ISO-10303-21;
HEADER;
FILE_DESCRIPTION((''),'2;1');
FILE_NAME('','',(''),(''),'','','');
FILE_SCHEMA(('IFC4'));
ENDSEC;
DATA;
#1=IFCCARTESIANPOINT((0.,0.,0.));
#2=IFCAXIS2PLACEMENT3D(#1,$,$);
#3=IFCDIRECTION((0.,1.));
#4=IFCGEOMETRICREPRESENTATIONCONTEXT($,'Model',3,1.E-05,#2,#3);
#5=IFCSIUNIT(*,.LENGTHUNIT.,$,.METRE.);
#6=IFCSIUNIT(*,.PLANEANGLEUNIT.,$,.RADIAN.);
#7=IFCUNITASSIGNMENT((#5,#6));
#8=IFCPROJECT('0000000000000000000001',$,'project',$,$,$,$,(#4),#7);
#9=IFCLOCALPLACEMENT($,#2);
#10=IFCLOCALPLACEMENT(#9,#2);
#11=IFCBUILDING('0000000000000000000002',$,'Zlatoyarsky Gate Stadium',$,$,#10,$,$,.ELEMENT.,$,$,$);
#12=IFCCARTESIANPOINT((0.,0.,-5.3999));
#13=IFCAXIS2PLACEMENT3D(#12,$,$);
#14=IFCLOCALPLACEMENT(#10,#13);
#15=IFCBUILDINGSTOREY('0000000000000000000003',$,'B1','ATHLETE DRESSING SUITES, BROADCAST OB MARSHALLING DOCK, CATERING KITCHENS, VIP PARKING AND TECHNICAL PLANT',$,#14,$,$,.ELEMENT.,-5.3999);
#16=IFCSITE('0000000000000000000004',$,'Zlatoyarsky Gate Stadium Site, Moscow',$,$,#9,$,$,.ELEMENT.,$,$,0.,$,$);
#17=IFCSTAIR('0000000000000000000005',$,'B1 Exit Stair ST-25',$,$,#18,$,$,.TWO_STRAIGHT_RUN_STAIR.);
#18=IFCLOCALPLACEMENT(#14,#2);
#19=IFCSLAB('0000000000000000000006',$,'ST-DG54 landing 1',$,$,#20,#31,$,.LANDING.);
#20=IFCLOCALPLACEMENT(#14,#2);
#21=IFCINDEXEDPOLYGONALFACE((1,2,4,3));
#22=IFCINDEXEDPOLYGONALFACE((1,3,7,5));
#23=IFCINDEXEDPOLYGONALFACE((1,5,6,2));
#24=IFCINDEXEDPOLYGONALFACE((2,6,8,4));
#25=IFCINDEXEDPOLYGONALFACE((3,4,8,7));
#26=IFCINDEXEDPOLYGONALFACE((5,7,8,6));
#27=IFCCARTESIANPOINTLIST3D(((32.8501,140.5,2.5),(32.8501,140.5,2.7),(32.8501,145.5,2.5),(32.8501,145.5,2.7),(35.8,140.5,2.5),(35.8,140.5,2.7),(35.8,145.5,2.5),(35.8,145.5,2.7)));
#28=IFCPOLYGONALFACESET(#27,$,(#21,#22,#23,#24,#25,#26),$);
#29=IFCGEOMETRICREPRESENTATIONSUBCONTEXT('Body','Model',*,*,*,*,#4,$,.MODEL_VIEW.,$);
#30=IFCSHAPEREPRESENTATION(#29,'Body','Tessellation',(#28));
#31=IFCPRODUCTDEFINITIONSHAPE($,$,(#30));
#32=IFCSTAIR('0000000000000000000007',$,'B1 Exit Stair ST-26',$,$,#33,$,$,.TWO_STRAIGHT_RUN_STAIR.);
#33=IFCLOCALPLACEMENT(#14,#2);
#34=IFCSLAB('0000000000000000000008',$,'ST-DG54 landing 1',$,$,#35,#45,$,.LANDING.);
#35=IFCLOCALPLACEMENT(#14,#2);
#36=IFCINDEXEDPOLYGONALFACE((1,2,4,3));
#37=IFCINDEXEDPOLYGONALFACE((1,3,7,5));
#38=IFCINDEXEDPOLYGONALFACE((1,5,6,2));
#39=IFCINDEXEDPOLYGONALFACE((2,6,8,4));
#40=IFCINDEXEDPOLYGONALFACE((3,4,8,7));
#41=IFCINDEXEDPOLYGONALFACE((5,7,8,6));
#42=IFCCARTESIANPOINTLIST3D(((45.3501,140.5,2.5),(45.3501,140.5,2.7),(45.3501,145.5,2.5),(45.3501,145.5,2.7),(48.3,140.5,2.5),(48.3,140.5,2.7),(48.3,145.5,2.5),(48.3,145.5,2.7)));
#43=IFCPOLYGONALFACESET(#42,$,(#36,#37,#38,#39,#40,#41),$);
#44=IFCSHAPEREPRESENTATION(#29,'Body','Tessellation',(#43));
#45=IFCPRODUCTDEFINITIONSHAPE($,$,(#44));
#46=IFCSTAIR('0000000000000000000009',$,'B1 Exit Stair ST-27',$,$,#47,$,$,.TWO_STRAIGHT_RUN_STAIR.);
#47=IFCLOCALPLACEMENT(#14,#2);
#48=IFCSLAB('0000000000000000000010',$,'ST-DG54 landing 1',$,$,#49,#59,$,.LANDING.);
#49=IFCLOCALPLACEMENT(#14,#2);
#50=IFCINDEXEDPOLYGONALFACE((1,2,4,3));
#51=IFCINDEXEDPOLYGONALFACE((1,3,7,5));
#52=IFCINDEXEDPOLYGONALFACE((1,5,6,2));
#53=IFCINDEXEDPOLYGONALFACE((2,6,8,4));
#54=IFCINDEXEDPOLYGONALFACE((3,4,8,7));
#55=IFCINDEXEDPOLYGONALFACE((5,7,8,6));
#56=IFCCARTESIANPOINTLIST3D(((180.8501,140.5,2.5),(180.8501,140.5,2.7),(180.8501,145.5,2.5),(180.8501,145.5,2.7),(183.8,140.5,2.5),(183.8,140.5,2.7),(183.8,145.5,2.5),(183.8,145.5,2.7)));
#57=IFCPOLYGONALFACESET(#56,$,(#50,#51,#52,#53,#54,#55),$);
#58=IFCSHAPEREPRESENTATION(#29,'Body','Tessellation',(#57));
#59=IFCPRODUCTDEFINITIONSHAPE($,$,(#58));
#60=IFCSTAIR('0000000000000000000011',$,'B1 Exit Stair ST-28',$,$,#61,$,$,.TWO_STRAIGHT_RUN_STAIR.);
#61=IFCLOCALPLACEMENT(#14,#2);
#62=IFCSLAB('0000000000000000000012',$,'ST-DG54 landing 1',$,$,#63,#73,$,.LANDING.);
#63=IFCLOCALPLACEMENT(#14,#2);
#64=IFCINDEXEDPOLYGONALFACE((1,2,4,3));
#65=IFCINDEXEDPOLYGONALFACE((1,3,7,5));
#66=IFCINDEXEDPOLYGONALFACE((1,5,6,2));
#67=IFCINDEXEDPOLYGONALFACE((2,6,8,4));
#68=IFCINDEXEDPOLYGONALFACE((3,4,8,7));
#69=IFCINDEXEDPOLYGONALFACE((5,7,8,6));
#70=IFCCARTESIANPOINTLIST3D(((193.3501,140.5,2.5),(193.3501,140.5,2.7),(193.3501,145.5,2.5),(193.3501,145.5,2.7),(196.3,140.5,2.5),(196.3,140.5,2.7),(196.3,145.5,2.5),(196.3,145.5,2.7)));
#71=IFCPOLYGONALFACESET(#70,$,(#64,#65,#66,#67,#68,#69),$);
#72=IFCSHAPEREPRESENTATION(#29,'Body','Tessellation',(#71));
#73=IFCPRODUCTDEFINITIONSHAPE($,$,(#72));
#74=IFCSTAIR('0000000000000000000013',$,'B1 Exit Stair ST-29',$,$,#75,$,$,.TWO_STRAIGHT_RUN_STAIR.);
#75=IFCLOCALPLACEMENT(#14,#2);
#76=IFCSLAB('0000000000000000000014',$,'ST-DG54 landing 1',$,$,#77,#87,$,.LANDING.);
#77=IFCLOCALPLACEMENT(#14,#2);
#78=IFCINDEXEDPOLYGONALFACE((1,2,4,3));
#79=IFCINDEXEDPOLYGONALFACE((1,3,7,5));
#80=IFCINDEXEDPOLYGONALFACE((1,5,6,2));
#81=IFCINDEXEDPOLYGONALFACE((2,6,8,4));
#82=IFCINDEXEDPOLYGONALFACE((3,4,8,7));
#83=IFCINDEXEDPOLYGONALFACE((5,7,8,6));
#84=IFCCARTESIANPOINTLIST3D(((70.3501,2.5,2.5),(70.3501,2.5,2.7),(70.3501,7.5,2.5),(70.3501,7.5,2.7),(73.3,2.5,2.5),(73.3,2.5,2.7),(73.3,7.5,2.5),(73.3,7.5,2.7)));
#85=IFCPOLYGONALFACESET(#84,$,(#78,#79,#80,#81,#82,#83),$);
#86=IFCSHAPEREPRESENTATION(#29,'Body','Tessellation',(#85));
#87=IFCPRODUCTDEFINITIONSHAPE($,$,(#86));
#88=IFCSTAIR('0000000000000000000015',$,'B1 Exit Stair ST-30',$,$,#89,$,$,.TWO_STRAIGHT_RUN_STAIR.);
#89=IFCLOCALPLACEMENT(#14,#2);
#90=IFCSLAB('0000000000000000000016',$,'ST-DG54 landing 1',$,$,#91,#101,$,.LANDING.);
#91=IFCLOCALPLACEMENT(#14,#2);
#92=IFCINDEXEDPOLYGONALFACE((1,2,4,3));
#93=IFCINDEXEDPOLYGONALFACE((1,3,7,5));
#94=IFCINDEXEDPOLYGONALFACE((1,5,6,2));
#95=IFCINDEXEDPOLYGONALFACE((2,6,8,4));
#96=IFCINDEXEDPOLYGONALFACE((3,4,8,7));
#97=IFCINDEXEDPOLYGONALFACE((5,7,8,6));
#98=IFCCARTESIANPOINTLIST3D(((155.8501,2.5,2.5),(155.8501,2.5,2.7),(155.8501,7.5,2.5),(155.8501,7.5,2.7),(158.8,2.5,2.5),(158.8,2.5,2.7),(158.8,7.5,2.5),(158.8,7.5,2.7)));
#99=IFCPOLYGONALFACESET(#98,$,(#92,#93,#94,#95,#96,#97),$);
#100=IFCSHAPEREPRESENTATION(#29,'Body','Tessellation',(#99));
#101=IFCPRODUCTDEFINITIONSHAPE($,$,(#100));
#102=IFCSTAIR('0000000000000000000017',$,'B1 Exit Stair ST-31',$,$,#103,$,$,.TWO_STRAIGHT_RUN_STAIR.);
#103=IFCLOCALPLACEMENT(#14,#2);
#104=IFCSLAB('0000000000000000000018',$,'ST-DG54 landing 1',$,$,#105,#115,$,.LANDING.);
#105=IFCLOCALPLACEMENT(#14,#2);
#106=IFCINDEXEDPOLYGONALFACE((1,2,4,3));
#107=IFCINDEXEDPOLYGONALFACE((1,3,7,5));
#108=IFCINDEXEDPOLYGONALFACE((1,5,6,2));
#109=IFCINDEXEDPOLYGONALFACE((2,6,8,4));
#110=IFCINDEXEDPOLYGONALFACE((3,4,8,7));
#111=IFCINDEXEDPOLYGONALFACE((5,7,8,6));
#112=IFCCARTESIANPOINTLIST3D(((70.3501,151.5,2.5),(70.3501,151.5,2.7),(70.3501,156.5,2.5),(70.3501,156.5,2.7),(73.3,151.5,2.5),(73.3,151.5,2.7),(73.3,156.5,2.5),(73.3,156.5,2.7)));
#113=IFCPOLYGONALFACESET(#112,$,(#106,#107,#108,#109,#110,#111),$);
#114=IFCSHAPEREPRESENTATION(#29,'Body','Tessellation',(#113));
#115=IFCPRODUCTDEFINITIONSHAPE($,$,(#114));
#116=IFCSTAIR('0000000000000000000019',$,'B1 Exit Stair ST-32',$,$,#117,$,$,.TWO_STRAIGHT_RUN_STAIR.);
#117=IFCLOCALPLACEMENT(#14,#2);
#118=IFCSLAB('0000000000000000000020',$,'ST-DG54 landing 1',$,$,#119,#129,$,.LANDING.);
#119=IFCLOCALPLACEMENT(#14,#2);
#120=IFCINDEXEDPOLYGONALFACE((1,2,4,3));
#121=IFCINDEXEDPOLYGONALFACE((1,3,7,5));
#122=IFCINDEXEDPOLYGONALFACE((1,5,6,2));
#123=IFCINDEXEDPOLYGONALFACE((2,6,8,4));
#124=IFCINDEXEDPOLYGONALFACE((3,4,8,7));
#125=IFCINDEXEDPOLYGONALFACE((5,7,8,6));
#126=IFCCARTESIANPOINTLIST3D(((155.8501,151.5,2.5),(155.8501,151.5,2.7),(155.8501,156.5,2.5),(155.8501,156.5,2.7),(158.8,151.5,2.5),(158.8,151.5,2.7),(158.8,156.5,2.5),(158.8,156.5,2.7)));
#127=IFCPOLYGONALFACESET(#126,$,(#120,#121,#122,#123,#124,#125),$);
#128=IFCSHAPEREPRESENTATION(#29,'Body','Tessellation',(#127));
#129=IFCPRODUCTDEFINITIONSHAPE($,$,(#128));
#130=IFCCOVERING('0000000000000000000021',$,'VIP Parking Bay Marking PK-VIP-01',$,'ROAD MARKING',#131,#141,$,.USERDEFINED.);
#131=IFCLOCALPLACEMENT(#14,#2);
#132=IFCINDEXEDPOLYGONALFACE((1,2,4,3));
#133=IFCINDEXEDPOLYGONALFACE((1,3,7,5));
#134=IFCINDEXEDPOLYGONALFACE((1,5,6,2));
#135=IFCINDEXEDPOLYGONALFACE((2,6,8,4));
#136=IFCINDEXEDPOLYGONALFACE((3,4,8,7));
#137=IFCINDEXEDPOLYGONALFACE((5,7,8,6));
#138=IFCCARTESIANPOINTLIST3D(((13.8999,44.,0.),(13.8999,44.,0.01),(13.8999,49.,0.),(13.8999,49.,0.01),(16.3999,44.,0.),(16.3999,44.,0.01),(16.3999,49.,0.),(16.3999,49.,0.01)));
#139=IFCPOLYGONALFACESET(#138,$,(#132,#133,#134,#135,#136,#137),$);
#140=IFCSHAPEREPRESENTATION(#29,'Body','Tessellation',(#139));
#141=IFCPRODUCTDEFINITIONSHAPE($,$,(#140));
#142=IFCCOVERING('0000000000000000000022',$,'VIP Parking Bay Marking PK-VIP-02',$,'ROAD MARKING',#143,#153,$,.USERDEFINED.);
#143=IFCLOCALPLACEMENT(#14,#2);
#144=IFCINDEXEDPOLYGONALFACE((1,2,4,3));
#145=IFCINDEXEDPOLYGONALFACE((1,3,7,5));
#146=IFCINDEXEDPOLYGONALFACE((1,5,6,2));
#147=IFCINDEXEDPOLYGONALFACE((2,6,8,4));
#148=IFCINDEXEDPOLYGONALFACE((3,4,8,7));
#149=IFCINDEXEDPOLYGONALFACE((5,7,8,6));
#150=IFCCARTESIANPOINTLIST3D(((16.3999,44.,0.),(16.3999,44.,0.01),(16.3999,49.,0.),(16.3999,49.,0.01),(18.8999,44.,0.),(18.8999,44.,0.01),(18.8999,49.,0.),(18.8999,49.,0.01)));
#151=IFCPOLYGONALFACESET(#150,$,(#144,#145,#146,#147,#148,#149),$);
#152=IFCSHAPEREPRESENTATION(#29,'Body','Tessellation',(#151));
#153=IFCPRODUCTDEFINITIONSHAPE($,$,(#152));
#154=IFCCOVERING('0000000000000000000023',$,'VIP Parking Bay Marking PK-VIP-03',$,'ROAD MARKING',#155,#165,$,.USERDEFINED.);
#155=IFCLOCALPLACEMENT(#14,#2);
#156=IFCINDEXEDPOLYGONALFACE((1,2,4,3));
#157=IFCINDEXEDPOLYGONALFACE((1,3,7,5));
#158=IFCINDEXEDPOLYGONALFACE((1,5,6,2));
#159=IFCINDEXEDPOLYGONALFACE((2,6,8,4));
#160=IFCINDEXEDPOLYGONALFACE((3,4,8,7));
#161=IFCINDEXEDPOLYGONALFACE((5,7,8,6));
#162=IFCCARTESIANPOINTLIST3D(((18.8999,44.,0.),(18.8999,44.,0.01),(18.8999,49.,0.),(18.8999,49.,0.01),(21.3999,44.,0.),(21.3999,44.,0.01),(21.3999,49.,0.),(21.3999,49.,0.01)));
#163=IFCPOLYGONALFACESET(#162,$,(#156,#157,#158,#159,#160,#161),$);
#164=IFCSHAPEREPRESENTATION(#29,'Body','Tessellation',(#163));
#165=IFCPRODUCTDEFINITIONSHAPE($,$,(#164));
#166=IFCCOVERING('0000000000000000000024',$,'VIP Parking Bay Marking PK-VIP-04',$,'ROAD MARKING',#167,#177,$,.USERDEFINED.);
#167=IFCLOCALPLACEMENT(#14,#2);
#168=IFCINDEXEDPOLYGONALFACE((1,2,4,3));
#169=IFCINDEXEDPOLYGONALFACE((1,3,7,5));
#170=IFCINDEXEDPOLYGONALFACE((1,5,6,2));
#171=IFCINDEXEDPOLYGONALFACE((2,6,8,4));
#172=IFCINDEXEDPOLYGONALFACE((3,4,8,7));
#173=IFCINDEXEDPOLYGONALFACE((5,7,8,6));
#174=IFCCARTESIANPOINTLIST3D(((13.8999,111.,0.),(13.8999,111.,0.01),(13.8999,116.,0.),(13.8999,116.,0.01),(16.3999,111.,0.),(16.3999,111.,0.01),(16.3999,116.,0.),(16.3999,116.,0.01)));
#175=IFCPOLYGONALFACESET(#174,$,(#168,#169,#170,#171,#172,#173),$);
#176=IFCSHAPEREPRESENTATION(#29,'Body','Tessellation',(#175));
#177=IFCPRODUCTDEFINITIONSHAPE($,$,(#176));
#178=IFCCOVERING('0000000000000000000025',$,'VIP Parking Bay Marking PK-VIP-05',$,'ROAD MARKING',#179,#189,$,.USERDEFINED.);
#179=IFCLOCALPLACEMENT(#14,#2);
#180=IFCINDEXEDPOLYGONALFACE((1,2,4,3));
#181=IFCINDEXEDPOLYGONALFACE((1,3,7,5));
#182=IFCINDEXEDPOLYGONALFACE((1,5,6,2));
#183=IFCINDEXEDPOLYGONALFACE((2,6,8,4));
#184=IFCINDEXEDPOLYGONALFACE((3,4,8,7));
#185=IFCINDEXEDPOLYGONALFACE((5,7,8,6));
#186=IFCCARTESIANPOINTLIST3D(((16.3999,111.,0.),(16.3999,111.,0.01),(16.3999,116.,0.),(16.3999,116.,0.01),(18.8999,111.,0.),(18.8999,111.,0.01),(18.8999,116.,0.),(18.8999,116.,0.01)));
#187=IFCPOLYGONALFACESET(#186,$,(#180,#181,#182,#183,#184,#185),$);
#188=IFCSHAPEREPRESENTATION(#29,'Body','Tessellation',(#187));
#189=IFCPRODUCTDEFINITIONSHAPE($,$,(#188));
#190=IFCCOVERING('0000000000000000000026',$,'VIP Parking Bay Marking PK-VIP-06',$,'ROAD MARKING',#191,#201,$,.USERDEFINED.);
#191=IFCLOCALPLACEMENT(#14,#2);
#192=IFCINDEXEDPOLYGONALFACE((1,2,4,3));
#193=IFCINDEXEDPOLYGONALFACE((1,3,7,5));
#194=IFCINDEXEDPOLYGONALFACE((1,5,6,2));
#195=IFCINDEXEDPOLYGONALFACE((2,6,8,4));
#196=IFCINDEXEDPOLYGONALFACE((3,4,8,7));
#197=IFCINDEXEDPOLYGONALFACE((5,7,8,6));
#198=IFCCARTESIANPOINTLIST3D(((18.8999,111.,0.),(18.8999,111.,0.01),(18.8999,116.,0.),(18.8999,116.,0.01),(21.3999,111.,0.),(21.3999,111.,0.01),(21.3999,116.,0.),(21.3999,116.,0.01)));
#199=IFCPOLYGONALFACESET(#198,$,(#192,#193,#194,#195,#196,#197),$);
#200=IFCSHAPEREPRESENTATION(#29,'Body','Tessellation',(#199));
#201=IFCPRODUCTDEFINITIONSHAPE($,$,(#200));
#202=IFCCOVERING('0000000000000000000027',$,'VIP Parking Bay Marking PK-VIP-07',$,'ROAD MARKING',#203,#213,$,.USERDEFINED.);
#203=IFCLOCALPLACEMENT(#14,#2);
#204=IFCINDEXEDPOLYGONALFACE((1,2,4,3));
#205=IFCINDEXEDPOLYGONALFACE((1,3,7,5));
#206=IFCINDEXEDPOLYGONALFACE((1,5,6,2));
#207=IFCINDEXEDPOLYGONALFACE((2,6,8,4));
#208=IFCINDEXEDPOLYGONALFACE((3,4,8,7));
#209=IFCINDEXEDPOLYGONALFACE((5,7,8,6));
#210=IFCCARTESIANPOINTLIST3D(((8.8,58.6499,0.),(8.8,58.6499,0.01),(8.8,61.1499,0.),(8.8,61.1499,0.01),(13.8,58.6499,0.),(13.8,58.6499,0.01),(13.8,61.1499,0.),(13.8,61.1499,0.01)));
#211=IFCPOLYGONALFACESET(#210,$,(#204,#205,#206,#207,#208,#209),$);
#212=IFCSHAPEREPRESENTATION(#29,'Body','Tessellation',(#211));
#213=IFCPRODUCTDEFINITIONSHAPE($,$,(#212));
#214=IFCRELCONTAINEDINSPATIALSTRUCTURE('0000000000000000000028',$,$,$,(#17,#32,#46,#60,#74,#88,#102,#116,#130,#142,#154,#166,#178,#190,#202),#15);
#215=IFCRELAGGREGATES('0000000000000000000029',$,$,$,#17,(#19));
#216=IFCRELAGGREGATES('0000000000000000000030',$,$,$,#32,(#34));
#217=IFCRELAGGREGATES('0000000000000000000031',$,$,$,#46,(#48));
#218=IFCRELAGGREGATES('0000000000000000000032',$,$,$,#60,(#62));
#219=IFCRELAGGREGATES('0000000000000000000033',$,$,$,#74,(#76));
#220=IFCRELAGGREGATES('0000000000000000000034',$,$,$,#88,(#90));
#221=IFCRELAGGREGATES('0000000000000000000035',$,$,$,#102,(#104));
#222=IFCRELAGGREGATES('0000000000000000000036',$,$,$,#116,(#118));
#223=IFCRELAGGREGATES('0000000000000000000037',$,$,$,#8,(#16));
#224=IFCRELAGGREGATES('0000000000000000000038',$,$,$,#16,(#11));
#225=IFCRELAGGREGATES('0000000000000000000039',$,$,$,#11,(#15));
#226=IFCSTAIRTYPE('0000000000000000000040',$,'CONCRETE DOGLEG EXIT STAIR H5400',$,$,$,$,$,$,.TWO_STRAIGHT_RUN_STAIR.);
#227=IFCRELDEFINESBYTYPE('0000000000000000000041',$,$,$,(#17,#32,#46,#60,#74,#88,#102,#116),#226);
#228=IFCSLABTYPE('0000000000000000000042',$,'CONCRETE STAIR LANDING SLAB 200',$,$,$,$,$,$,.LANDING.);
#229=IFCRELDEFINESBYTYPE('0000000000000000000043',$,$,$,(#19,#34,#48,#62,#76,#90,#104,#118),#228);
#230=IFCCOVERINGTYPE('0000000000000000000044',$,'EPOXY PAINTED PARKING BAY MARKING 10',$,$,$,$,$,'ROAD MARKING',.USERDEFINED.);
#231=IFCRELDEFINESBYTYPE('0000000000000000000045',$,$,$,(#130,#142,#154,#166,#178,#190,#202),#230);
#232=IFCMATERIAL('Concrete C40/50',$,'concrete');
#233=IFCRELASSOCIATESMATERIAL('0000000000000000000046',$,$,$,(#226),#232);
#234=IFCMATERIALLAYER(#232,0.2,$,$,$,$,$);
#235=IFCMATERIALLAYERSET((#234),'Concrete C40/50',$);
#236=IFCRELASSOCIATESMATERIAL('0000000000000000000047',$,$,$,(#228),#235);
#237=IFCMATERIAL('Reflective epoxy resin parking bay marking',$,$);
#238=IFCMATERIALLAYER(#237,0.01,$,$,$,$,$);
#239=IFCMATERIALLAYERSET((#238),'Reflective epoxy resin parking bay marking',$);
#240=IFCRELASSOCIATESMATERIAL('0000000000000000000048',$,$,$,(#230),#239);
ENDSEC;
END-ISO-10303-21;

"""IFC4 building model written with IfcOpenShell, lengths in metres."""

from ifc_helpers import new_model, si_unit, direction, frame, origin, place, context, subcontext, project, spatial, polyline, outline, extrude, material, layer, layer_set, type_object, element, aggregate, save


model = new_model("IFC4")

# Units and contexts
model_context = context("Model", 3, precision=1e-05, world=origin(), true_north=direction((0.0, 1.0)))
body_context = subcontext(model_context, "Body", "Model", "MODEL_VIEW")
ifc_project = project(units=[si_unit("LENGTHUNIT", "METRE"), si_unit("PLANEANGLEUNIT", "RADIAN")], contexts=[model_context])

# Site, building, storey
site_placement = place(None, origin())
site = spatial("IfcSite", under=ifc_project, at=site_placement, Name="Zlatoyarsky Gate Stadium Site, Moscow", CompositionType="ELEMENT", RefElevation=0.0)
building_placement = place(site_placement, origin())
building = spatial("IfcBuilding", under=site, at=building_placement, Name="Zlatoyarsky Gate Stadium", CompositionType="ELEMENT")
storey_placement = place(building_placement, frame((0.0, 0.0, -5.3999)))
storey = spatial("IfcBuildingStorey", under=building, at=storey_placement, Name="B1", Description="ATHLETE DRESSING SUITES, BROADCAST OB MARSHALLING DOCK, CATERING KITCHENS, VIP PARKING AND TECHNICAL PLANT", CompositionType="ELEMENT", Elevation=-5.3999)

# Stairs, slabs
ifc_material_1 = material(Name="Concrete C40/50", Category="concrete")
stair_type = type_object("IfcStairType", Name="CONCRETE DOGLEG EXIT STAIR H5400", PredefinedType="TWO_STRAIGHT_RUN_STAIR", material=ifc_material_1)
stair_1_placement = place(storey_placement, origin())
stair_1 = element("IfcStair", 1, at=stair_1_placement, inside=storey, type_object=stair_type, Name="B1 Exit Stair ST-25", PredefinedType="TWO_STRAIGHT_RUN_STAIR")
ifc_layer_1 = layer(ifc_material_1, 0.2)
ifc_layer_set_1 = layer_set([ifc_layer_1], Name="Concrete C40/50")
slab_type = type_object("IfcSlabType", Name="CONCRETE STAIR LANDING SLAB 200", PredefinedType="LANDING", material=ifc_layer_set_1)
slab_1_placement = place(storey_placement, frame((0.0, 0.0, 2.5)))
slab_1 = element("IfcSlab", 2, at=slab_1_placement, type_object=slab_type, Name="ST-DG54 landing 1", PredefinedType="LANDING", context=body_context, shape_type="SweptSolid", body=[
    extrude(outline(polyline([(32.8501, 140.5), (35.8, 140.5), (35.8, 145.5), (32.8501, 145.5), (32.8501, 140.5)])), origin(), (0.0, 0.0, 1.0), 0.2),
])
aggregate(stair_1, [slab_1])
stair_2_placement = place(storey_placement, origin())
stair_2 = element("IfcStair", 3, at=stair_2_placement, inside=storey, type_object=stair_type, Name="B1 Exit Stair ST-26", PredefinedType="TWO_STRAIGHT_RUN_STAIR")
slab_2_placement = place(storey_placement, frame((0.0, 0.0, 2.5)))
slab_2 = element("IfcSlab", 4, at=slab_2_placement, type_object=slab_type, Name="ST-DG54 landing 1", PredefinedType="LANDING", context=body_context, shape_type="SweptSolid", body=[
    extrude(outline(polyline([(45.3501, 140.5), (48.3, 140.5), (48.3, 145.5), (45.3501, 145.5), (45.3501, 140.5)])), origin(), (0.0, 0.0, 1.0), 0.2),
])
aggregate(stair_2, [slab_2])
stair_3_placement = place(storey_placement, origin())
stair_3 = element("IfcStair", 5, at=stair_3_placement, inside=storey, type_object=stair_type, Name="B1 Exit Stair ST-27", PredefinedType="TWO_STRAIGHT_RUN_STAIR")
slab_3_placement = place(storey_placement, frame((0.0, 0.0, 2.5)))
slab_3 = element("IfcSlab", 6, at=slab_3_placement, type_object=slab_type, Name="ST-DG54 landing 1", PredefinedType="LANDING", context=body_context, shape_type="SweptSolid", body=[
    extrude(outline(polyline([(180.8501, 140.5), (183.8, 140.5), (183.8, 145.5), (180.8501, 145.5), (180.8501, 140.5)])), origin(), (0.0, 0.0, 1.0), 0.2),
])
aggregate(stair_3, [slab_3])
stair_4_placement = place(storey_placement, origin())
stair_4 = element("IfcStair", 7, at=stair_4_placement, inside=storey, type_object=stair_type, Name="B1 Exit Stair ST-28", PredefinedType="TWO_STRAIGHT_RUN_STAIR")
slab_4_placement = place(storey_placement, frame((0.0, 0.0, 2.5)))
slab_4 = element("IfcSlab", 8, at=slab_4_placement, type_object=slab_type, Name="ST-DG54 landing 1", PredefinedType="LANDING", context=body_context, shape_type="SweptSolid", body=[
    extrude(outline(polyline([(193.3501, 140.5), (196.3, 140.5), (196.3, 145.5), (193.3501, 145.5), (193.3501, 140.5)])), origin(), (0.0, 0.0, 1.0), 0.2),
])
aggregate(stair_4, [slab_4])
stair_5_placement = place(storey_placement, origin())
stair_5 = element("IfcStair", 9, at=stair_5_placement, inside=storey, type_object=stair_type, Name="B1 Exit Stair ST-29", PredefinedType="TWO_STRAIGHT_RUN_STAIR")
slab_5_placement = place(storey_placement, frame((0.0, 0.0, 2.5)))
slab_5 = element("IfcSlab", 10, at=slab_5_placement, type_object=slab_type, Name="ST-DG54 landing 1", PredefinedType="LANDING", context=body_context, shape_type="SweptSolid", body=[
    extrude(outline(polyline([(70.3501, 2.5), (73.3, 2.5), (73.3, 7.5), (70.3501, 7.5), (70.3501, 2.5)])), origin(), (0.0, 0.0, 1.0), 0.2),
])
aggregate(stair_5, [slab_5])
stair_6_placement = place(storey_placement, origin())
stair_6 = element("IfcStair", 11, at=stair_6_placement, inside=storey, type_object=stair_type, Name="B1 Exit Stair ST-30", PredefinedType="TWO_STRAIGHT_RUN_STAIR")
slab_6_placement = place(storey_placement, frame((0.0, 0.0, 2.5)))
slab_6 = element("IfcSlab", 12, at=slab_6_placement, type_object=slab_type, Name="ST-DG54 landing 1", PredefinedType="LANDING", context=body_context, shape_type="SweptSolid", body=[
    extrude(outline(polyline([(155.8501, 2.5), (158.8, 2.5), (158.8, 7.5), (155.8501, 7.5), (155.8501, 2.5)])), origin(), (0.0, 0.0, 1.0), 0.2),
])
aggregate(stair_6, [slab_6])
stair_7_placement = place(storey_placement, origin())
stair_7 = element("IfcStair", 13, at=stair_7_placement, inside=storey, type_object=stair_type, Name="B1 Exit Stair ST-31", PredefinedType="TWO_STRAIGHT_RUN_STAIR")
slab_7_placement = place(storey_placement, frame((0.0, 0.0, 2.5)))
slab_7 = element("IfcSlab", 14, at=slab_7_placement, type_object=slab_type, Name="ST-DG54 landing 1", PredefinedType="LANDING", context=body_context, shape_type="SweptSolid", body=[
    extrude(outline(polyline([(70.3501, 151.5), (73.3, 151.5), (73.3, 156.5), (70.3501, 156.5), (70.3501, 151.5)])), origin(), (0.0, 0.0, 1.0), 0.2),
])
aggregate(stair_7, [slab_7])
stair_8_placement = place(storey_placement, origin())
stair_8 = element("IfcStair", 15, at=stair_8_placement, inside=storey, type_object=stair_type, Name="B1 Exit Stair ST-32", PredefinedType="TWO_STRAIGHT_RUN_STAIR")
slab_8_placement = place(storey_placement, frame((0.0, 0.0, 2.5)))
slab_8 = element("IfcSlab", 16, at=slab_8_placement, type_object=slab_type, Name="ST-DG54 landing 1", PredefinedType="LANDING", context=body_context, shape_type="SweptSolid", body=[
    extrude(outline(polyline([(155.8501, 151.5), (158.8, 151.5), (158.8, 156.5), (155.8501, 156.5), (155.8501, 151.5)])), origin(), (0.0, 0.0, 1.0), 0.2),
])
aggregate(stair_8, [slab_8])

# Coverings
ifc_material_2 = material(Name="Reflective epoxy resin parking bay marking")
ifc_layer_2 = layer(ifc_material_2, 0.01)
ifc_layer_set_2 = layer_set([ifc_layer_2], Name="Reflective epoxy resin parking bay marking")
covering_type = type_object("IfcCoveringType", Name="EPOXY PAINTED PARKING BAY MARKING 10", ElementType="ROAD MARKING", PredefinedType="USERDEFINED", material=ifc_layer_set_2)
covering_1_placement = place(storey_placement, origin())
element("IfcCovering", 17, at=covering_1_placement, inside=storey, type_object=covering_type, Name="VIP Parking Bay Marking PK-VIP-01", ObjectType="ROAD MARKING", PredefinedType="USERDEFINED", context=body_context, shape_type="SweptSolid", body=[
    extrude(outline(polyline([(13.8999, 44.0), (16.3999, 44.0), (16.3999, 49.0), (13.8999, 49.0), (13.8999, 44.0)])), origin(), (0.0, 0.0, 1.0), 0.01),
])
covering_2_placement = place(storey_placement, origin())
element("IfcCovering", 18, at=covering_2_placement, inside=storey, type_object=covering_type, Name="VIP Parking Bay Marking PK-VIP-02", ObjectType="ROAD MARKING", PredefinedType="USERDEFINED", context=body_context, shape_type="SweptSolid", body=[
    extrude(outline(polyline([(16.3999, 44.0), (18.8999, 44.0), (18.8999, 49.0), (16.3999, 49.0), (16.3999, 44.0)])), origin(), (0.0, 0.0, 1.0), 0.01),
])
covering_3_placement = place(storey_placement, origin())
element("IfcCovering", 19, at=covering_3_placement, inside=storey, type_object=covering_type, Name="VIP Parking Bay Marking PK-VIP-03", ObjectType="ROAD MARKING", PredefinedType="USERDEFINED", context=body_context, shape_type="SweptSolid", body=[
    extrude(outline(polyline([(18.8999, 44.0), (21.3999, 44.0), (21.3999, 49.0), (18.8999, 49.0), (18.8999, 44.0)])), origin(), (0.0, 0.0, 1.0), 0.01),
])
covering_4_placement = place(storey_placement, origin())
element("IfcCovering", 20, at=covering_4_placement, inside=storey, type_object=covering_type, Name="VIP Parking Bay Marking PK-VIP-04", ObjectType="ROAD MARKING", PredefinedType="USERDEFINED", context=body_context, shape_type="SweptSolid", body=[
    extrude(outline(polyline([(13.8999, 111.0), (16.3999, 111.0), (16.3999, 116.0), (13.8999, 116.0), (13.8999, 111.0)])), origin(), (0.0, 0.0, 1.0), 0.01),
])
covering_5_placement = place(storey_placement, origin())
element("IfcCovering", 21, at=covering_5_placement, inside=storey, type_object=covering_type, Name="VIP Parking Bay Marking PK-VIP-05", ObjectType="ROAD MARKING", PredefinedType="USERDEFINED", context=body_context, shape_type="SweptSolid", body=[
    extrude(outline(polyline([(16.3999, 111.0), (18.8999, 111.0), (18.8999, 116.0), (16.3999, 116.0), (16.3999, 111.0)])), origin(), (0.0, 0.0, 1.0), 0.01),
])
covering_6_placement = place(storey_placement, origin())
element("IfcCovering", 22, at=covering_6_placement, inside=storey, type_object=covering_type, Name="VIP Parking Bay Marking PK-VIP-06", ObjectType="ROAD MARKING", PredefinedType="USERDEFINED", context=body_context, shape_type="SweptSolid", body=[
    extrude(outline(polyline([(18.8999, 111.0), (21.3999, 111.0), (21.3999, 116.0), (18.8999, 116.0), (18.8999, 111.0)])), origin(), (0.0, 0.0, 1.0), 0.01),
])
covering_7_placement = place(storey_placement, origin())
element("IfcCovering", 23, at=covering_7_placement, inside=storey, type_object=covering_type, Name="VIP Parking Bay Marking PK-VIP-07", ObjectType="ROAD MARKING", PredefinedType="USERDEFINED", context=body_context, shape_type="SweptSolid", body=[
    extrude(outline(polyline([(8.8, 58.6499), (13.8, 58.6499), (13.8, 61.1499), (8.8, 61.1499), (8.8, 58.6499)])), origin(), (0.0, 0.0, 1.0), 0.01),
])

save(model, "model.ifc")
